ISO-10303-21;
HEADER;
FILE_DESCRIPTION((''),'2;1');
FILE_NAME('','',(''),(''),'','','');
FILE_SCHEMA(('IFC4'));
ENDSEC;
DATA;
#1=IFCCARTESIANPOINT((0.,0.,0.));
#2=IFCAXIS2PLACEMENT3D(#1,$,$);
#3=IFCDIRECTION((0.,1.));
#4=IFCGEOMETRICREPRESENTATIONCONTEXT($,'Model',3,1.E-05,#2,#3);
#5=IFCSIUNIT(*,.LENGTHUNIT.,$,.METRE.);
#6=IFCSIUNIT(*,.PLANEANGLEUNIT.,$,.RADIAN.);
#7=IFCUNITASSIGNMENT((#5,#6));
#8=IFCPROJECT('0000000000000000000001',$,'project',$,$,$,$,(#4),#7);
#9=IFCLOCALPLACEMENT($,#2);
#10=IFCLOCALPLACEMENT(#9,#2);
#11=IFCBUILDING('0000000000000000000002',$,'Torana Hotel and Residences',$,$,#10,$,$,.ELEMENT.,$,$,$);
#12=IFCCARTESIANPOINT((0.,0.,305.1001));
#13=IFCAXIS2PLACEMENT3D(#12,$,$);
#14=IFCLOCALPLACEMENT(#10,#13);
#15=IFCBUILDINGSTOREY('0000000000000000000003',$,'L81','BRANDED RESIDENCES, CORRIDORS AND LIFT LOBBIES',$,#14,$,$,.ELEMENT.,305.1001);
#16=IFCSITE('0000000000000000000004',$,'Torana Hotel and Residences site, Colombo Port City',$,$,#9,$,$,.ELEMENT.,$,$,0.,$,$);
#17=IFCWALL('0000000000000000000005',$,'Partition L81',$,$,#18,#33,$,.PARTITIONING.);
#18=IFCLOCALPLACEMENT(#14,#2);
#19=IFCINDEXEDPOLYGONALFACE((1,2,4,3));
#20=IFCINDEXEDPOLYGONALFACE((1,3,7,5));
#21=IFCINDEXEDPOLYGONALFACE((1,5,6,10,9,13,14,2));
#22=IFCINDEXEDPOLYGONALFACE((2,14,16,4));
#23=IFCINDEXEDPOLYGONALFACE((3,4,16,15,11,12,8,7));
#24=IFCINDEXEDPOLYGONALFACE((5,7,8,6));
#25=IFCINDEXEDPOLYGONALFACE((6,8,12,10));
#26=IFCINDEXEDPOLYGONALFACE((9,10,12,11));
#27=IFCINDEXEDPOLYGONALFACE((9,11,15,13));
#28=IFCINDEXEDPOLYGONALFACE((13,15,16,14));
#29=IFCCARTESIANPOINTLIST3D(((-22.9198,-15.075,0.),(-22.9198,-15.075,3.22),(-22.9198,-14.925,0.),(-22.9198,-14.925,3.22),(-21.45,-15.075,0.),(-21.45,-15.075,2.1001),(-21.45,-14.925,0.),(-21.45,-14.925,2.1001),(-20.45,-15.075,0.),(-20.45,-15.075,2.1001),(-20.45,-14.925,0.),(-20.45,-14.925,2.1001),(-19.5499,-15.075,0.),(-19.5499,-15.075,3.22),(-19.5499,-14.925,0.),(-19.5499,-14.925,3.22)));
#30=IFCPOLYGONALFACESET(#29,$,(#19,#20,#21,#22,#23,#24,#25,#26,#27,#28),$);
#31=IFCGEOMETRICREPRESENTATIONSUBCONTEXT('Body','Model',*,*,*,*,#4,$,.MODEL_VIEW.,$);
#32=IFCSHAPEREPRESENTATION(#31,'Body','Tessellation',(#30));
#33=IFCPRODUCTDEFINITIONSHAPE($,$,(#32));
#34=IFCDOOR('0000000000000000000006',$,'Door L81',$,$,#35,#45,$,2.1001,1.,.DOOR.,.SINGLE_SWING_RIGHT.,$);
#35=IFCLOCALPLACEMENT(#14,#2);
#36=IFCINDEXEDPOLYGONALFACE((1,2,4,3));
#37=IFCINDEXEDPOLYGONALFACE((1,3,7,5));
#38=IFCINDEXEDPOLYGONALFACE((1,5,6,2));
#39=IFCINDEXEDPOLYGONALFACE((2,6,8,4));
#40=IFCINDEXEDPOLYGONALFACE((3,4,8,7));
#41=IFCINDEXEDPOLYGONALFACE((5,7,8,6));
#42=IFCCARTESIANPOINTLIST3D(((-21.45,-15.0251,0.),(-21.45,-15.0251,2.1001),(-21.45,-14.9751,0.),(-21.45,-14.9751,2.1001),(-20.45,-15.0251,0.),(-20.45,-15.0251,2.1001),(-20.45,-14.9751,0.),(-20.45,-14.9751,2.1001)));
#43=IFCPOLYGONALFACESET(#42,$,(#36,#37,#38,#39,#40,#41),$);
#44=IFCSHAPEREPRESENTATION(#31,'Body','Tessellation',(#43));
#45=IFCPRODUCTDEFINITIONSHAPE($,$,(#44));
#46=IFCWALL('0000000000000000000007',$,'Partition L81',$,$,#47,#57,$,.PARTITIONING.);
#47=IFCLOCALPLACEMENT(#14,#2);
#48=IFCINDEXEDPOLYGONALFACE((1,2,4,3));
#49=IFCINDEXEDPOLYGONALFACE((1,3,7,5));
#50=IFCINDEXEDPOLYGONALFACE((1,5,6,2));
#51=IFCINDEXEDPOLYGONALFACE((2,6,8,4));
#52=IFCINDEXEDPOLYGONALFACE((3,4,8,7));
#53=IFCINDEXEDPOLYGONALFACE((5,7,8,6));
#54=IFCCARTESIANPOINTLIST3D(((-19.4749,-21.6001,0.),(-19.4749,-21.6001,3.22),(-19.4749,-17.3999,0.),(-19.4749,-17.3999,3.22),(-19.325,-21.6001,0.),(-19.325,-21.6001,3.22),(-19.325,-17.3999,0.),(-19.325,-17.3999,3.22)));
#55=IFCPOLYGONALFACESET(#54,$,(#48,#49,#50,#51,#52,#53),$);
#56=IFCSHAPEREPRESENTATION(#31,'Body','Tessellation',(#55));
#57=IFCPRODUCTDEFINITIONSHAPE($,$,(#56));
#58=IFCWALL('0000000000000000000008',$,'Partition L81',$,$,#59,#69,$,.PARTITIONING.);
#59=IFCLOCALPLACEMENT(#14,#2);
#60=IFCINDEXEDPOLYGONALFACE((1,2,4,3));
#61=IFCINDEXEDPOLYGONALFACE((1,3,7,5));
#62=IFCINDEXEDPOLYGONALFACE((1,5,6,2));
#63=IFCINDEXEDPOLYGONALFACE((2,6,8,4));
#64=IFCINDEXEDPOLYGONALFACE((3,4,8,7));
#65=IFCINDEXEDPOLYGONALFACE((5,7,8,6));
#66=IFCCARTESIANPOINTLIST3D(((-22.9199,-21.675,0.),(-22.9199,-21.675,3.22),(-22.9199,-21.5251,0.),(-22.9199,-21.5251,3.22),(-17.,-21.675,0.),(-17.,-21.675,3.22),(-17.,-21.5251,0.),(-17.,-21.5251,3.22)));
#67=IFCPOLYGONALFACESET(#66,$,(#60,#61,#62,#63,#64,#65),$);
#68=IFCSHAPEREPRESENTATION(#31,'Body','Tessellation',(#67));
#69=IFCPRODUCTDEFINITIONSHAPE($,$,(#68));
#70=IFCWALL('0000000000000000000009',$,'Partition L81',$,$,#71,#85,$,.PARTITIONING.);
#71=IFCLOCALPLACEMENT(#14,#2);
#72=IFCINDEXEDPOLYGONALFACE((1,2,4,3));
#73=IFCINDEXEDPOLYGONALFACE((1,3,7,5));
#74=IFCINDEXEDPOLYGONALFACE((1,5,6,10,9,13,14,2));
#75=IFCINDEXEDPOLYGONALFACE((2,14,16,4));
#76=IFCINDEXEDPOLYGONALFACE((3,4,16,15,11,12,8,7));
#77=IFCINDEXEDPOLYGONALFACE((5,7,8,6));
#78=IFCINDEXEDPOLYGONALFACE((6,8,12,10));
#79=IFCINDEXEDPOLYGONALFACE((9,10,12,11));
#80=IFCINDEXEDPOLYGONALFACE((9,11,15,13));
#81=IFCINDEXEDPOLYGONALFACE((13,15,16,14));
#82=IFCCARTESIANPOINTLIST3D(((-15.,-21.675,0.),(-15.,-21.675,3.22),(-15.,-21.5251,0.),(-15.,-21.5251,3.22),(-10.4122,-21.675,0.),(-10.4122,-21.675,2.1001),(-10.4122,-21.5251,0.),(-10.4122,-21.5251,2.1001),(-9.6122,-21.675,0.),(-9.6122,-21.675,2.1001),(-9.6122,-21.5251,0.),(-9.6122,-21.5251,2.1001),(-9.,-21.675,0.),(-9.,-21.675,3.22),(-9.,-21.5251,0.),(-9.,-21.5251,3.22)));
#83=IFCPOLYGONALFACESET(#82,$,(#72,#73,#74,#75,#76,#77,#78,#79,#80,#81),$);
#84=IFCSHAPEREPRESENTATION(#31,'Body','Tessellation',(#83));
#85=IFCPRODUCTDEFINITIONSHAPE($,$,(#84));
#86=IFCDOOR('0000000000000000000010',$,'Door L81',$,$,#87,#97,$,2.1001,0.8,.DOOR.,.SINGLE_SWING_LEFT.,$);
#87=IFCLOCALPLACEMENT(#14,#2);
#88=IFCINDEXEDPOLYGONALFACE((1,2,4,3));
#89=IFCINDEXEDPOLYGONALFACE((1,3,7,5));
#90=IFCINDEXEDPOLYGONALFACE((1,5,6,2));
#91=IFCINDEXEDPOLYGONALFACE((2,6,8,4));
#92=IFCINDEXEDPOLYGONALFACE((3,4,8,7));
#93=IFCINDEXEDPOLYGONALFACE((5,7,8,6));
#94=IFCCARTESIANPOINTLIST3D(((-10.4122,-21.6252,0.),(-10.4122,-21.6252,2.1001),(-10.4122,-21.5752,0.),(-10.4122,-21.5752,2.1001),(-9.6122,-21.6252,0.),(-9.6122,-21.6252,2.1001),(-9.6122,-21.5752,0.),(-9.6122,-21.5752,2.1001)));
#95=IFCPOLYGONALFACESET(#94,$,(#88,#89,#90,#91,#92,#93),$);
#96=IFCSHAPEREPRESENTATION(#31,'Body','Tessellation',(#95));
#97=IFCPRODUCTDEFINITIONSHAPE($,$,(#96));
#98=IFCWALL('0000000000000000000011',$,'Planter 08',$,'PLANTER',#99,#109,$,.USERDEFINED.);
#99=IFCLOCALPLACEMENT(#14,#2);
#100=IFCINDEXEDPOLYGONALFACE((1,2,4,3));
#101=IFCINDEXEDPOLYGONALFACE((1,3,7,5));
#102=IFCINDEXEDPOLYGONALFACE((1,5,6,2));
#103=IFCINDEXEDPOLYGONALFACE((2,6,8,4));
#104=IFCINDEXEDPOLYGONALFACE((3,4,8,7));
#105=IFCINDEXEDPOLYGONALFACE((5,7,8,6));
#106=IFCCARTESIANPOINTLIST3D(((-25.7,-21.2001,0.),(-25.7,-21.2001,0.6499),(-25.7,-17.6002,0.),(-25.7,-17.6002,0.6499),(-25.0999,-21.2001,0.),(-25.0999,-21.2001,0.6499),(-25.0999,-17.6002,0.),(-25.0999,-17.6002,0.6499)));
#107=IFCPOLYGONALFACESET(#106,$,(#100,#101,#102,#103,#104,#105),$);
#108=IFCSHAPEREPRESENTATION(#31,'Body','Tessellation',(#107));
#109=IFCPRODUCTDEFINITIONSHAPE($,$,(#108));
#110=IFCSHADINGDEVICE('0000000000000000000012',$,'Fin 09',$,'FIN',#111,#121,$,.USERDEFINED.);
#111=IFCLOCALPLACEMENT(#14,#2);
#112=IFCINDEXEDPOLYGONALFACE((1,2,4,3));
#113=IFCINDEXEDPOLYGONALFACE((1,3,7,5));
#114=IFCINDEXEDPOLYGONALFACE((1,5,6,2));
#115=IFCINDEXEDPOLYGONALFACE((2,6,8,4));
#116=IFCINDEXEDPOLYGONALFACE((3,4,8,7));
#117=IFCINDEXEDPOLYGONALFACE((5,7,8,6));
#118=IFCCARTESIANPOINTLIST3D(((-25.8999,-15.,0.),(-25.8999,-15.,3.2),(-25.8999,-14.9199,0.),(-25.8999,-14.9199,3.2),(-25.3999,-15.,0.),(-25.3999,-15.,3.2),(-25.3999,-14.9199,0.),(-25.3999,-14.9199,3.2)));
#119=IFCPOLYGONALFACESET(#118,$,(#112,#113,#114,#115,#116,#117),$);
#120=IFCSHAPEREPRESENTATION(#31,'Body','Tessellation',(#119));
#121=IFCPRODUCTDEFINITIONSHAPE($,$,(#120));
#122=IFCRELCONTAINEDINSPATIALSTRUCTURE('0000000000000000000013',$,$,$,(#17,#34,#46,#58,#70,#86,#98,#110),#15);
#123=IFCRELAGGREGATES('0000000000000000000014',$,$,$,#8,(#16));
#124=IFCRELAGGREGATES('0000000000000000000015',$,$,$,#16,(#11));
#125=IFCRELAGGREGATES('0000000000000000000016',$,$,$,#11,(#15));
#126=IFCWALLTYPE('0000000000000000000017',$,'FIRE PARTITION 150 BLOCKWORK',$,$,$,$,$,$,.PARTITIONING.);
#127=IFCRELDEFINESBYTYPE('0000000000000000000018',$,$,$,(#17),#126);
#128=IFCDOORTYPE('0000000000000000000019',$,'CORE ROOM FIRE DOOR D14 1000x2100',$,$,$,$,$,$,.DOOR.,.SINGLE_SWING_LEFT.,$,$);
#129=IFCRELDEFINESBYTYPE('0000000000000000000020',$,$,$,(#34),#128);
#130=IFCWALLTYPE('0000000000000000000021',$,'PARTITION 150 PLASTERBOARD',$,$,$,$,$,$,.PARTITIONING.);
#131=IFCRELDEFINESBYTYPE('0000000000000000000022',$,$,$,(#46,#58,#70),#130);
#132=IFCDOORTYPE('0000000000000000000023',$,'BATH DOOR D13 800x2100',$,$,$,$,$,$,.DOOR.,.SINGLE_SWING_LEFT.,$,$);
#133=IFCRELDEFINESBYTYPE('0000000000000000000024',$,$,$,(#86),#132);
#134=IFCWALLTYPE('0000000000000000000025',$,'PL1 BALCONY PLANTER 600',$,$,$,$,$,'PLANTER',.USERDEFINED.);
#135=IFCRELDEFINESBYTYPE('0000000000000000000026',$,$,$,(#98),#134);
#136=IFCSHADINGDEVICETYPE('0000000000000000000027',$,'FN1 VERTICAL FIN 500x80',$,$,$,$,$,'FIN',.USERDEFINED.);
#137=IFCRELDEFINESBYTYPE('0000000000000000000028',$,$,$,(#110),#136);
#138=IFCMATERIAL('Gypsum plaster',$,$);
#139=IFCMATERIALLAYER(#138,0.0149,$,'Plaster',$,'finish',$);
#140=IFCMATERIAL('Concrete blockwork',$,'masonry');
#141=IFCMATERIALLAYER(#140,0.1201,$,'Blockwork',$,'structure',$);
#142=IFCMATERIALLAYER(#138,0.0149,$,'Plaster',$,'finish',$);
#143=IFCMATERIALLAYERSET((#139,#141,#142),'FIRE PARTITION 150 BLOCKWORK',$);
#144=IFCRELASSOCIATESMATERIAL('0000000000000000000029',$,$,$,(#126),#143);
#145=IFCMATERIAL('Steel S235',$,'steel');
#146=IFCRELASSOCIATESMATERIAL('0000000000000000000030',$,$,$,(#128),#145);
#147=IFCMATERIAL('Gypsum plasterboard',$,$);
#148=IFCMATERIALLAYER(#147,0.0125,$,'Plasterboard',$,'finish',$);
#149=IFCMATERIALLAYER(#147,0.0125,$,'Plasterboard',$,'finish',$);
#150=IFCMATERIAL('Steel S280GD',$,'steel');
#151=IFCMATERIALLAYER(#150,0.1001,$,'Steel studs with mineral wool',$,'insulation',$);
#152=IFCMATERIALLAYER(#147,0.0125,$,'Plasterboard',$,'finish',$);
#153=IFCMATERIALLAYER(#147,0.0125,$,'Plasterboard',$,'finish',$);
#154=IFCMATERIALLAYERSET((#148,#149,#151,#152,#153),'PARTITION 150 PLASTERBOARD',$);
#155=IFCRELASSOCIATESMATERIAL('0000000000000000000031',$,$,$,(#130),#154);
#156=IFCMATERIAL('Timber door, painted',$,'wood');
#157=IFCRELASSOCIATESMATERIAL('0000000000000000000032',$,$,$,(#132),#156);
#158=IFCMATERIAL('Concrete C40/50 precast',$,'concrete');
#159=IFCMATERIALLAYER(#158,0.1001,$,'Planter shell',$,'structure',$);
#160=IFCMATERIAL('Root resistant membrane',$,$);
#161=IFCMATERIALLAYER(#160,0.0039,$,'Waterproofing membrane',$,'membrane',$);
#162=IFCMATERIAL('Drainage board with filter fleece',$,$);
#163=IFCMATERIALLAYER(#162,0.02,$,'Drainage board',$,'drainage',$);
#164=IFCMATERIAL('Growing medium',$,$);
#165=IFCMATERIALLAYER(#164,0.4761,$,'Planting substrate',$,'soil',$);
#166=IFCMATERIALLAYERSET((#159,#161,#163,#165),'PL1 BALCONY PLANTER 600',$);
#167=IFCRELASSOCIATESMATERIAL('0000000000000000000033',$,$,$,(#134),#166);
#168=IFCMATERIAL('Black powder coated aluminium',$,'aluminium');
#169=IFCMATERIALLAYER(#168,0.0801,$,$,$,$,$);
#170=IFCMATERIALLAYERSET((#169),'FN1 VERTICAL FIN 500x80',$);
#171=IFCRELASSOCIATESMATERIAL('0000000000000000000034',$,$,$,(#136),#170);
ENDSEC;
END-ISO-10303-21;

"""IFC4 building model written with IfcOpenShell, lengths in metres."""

from ifc_helpers import new_model, si_unit, direction, frame, frame_2d, origin, origin_2d, place, context, subcontext, project, spatial, rectangle, extrude, material, layer, layer_set, type_object, element, fill, save


model = new_model("IFC4")

# Units and contexts
model_context = context("Model", 3, precision=1e-05, world=origin(), true_north=direction((0.0, 1.0)))
body_context = subcontext(model_context, "Body", "Model", "MODEL_VIEW")
ifc_project = project(units=[si_unit("LENGTHUNIT", "METRE"), si_unit("PLANEANGLEUNIT", "RADIAN")], contexts=[model_context])

# Site, building, storey
site_placement = place(None, origin())
site = spatial("IfcSite", under=ifc_project, at=site_placement, Name="Torana Hotel and Residences site, Colombo Port City", CompositionType="ELEMENT", RefElevation=0.0)
building_placement = place(site_placement, origin())
building = spatial("IfcBuilding", under=site, at=building_placement, Name="Torana Hotel and Residences", CompositionType="ELEMENT")
storey_placement = place(building_placement, frame((0.0, 0.0, 305.1001)))
storey = spatial("IfcBuildingStorey", under=building, at=storey_placement, Name="L81", Description="BRANDED RESIDENCES, CORRIDORS AND LIFT LOBBIES", CompositionType="ELEMENT", Elevation=305.1001)

# Shared definitions
ifc_material_1 = material(Name="Gypsum plaster")
ifc_layer_1 = layer(ifc_material_1, 0.0149, Name="Plaster", Category="finish")
ifc_material_2 = material(Name="Concrete blockwork", Category="masonry")
ifc_layer_2 = layer(ifc_material_2, 0.1201, Name="Blockwork", Category="structure")
ifc_layer_3 = layer(ifc_material_1, 0.0149, Name="Plaster", Category="finish")
ifc_layer_set_1 = layer_set([ifc_layer_1, ifc_layer_2, ifc_layer_3], Name="FIRE PARTITION 150 BLOCKWORK")
wall_type_1 = type_object("IfcWallType", Name="FIRE PARTITION 150 BLOCKWORK", PredefinedType="PARTITIONING", material=ifc_layer_set_1)

# Wall, opening, door
wall_1_placement = place(storey_placement, frame((-22.9199, -15.0, 0.0), z_axis=(0.0, 0.0, 1.0), x_axis=(1.0, 0.0, 0.0)))
wall_1 = element("IfcWall", 1, at=wall_1_placement, inside=storey, type_object=wall_type_1, Name="Partition L81", PredefinedType="PARTITIONING", context=body_context, shape_type="SweptSolid", body=[
    extrude(rectangle(XDim=3.3699, YDim=0.1499, at=frame_2d((1.6851, 0.0))), origin(), (0.0, 0.0, 1.0), 3.22),
])
opening_1_placement = place(wall_1_placement, frame((1.47, 0.0, 0.0)))
opening_1 = element("IfcOpeningElement", 2, at=opening_1_placement, cuts=wall_1, PredefinedType="OPENING", context=body_context, shape_type="SweptSolid", body=[
    extrude(rectangle(XDim=1.0, YDim=2.1001, at=frame_2d((0.5, 1.05))), frame((0.0, 0.085, 0.0), z_axis=(0.0, -1.0, 0.0), x_axis=(1.0, 0.0, 0.0)), (0.0, 0.0, 1.0), 0.1699),
])
ifc_material_3 = material(Name="Steel S235", Category="steel")
door_type_1 = type_object("IfcDoorType", Name="CORE ROOM FIRE DOOR D14 1000x2100", OperationType="SINGLE_SWING_LEFT", PredefinedType="DOOR", material=ifc_material_3)
door_1_placement = place(opening_1_placement, origin())
door_1 = element("IfcDoor", 3, at=door_1_placement, inside=storey, type_object=door_type_1, Name="Door L81", OperationType="SINGLE_SWING_RIGHT", OverallHeight=2.1001, OverallWidth=1.0, PredefinedType="DOOR", context=body_context, shape_type="SweptSolid", body=[
    extrude(rectangle(XDim=1.0, YDim=2.1001, at=frame_2d((0.5, 1.05))), frame((0.0, 0.0249, 0.0), z_axis=(0.0, -1.0, 0.0), x_axis=(1.0, 0.0, 0.0)), (0.0, 0.0, 1.0), 0.05),
])
fill(opening_1, door_1)

# Walls
ifc_material_4 = material(Name="Gypsum plasterboard")
ifc_layer_4 = layer(ifc_material_4, 0.0125, Name="Plasterboard", Category="finish")
ifc_layer_5 = layer(ifc_material_4, 0.0125, Name="Plasterboard", Category="finish")
ifc_material_5 = material(Name="Steel S280GD", Category="steel")
ifc_layer_6 = layer(ifc_material_5, 0.1001, Name="Steel studs with mineral wool", Category="insulation")
ifc_layer_7 = layer(ifc_material_4, 0.0125, Name="Plasterboard", Category="finish")
ifc_layer_8 = layer(ifc_material_4, 0.0125, Name="Plasterboard", Category="finish")
ifc_layer_set_2 = layer_set([ifc_layer_4, ifc_layer_5, ifc_layer_6, ifc_layer_7, ifc_layer_8], Name="PARTITION 150 PLASTERBOARD")
wall_type_2 = type_object("IfcWallType", Name="PARTITION 150 PLASTERBOARD", PredefinedType="PARTITIONING", material=ifc_layer_set_2)
wall_2_placement = place(storey_placement, frame((-19.3999, -21.6001, 0.0), z_axis=(0.0, 0.0, 1.0), x_axis=(0.0, 1.0, 0.0)))
element("IfcWall", 4, at=wall_2_placement, inside=storey, type_object=wall_type_2, Name="Partition L81", PredefinedType="PARTITIONING", context=body_context, shape_type="SweptSolid", body=[
    extrude(rectangle(XDim=4.2002, YDim=0.1499, at=frame_2d((2.1001, 0.0))), origin(), (0.0, 0.0, 1.0), 3.22),
])
wall_3_placement = place(storey_placement, frame((-22.9199, -21.6001, 0.0), z_axis=(0.0, 0.0, 1.0), x_axis=(1.0, 0.0, 0.0)))
element("IfcWall", 5, at=wall_3_placement, inside=storey, type_object=wall_type_2, Name="Partition L81", PredefinedType="PARTITIONING", context=body_context, shape_type="SweptSolid", body=[
    extrude(rectangle(XDim=5.9199, YDim=0.1499, at=frame_2d((2.96, 0.0))), origin(), (0.0, 0.0, 1.0), 3.22),
])

# Wall, opening, door
wall_4_placement = place(storey_placement, frame((-15.0, -21.6001, 0.0), z_axis=(0.0, 0.0, 1.0), x_axis=(1.0, 0.0, 0.0)))
wall_4 = element("IfcWall", 6, at=wall_4_placement, inside=storey, type_object=wall_type_2, Name="Partition L81", PredefinedType="PARTITIONING", context=body_context, shape_type="SweptSolid", body=[
    extrude(rectangle(XDim=6.0, YDim=0.1499, at=frame_2d((3.0, 0.0))), origin(), (0.0, 0.0, 1.0), 3.22),
])
opening_2_placement = place(wall_4_placement, frame((4.5879, 0.0, 0.0)))
opening_2 = element("IfcOpeningElement", 7, at=opening_2_placement, cuts=wall_4, PredefinedType="OPENING", context=body_context, shape_type="SweptSolid", body=[
    extrude(rectangle(XDim=0.8, YDim=2.1001, at=frame_2d((0.3999, 1.05))), frame((0.0, 0.085, 0.0), z_axis=(0.0, -1.0, 0.0), x_axis=(1.0, 0.0, 0.0)), (0.0, 0.0, 1.0), 0.1699),
])
ifc_material_6 = material(Name="Timber door, painted", Category="wood")
door_type_2 = type_object("IfcDoorType", Name="BATH DOOR D13 800x2100", OperationType="SINGLE_SWING_LEFT", PredefinedType="DOOR", material=ifc_material_6)
door_2_placement = place(opening_2_placement, origin())
door_2 = element("IfcDoor", 8, at=door_2_placement, inside=storey, type_object=door_type_2, Name="Door L81", OperationType="SINGLE_SWING_LEFT", OverallHeight=2.1001, OverallWidth=0.8, PredefinedType="DOOR", context=body_context, shape_type="SweptSolid", body=[
    extrude(rectangle(XDim=0.8, YDim=2.1001, at=frame_2d((0.3999, 1.05))), frame((0.0, 0.0249, 0.0), z_axis=(0.0, -1.0, 0.0), x_axis=(1.0, 0.0, 0.0)), (0.0, 0.0, 1.0), 0.05),
])
fill(opening_2, door_2)

# Wall
ifc_material_7 = material(Name="Concrete C40/50 precast", Category="concrete")
ifc_layer_9 = layer(ifc_material_7, 0.1001, Name="Planter shell", Category="structure")
ifc_material_8 = material(Name="Root resistant membrane")
ifc_layer_10 = layer(ifc_material_8, 0.0039, Name="Waterproofing membrane", Category="membrane")
ifc_material_9 = material(Name="Drainage board with filter fleece")
ifc_layer_11 = layer(ifc_material_9, 0.02, Name="Drainage board", Category="drainage")
ifc_material_10 = material(Name="Growing medium")
ifc_layer_12 = layer(ifc_material_10, 0.4761, Name="Planting substrate", Category="soil")
ifc_layer_set_3 = layer_set([ifc_layer_9, ifc_layer_10, ifc_layer_11, ifc_layer_12], Name="PL1 BALCONY PLANTER 600")
wall_type_3 = type_object("IfcWallType", Name="PL1 BALCONY PLANTER 600", ElementType="PLANTER", PredefinedType="USERDEFINED", material=ifc_layer_set_3)
wall_5_placement = place(storey_placement, frame((-25.3999, -21.2, 0.0), z_axis=(0.0, 0.0, 1.0), x_axis=(0.0, 1.0, 0.0)))
element("IfcWall", 9, at=wall_5_placement, inside=storey, type_object=wall_type_3, Name="Planter 08", ObjectType="PLANTER", PredefinedType="USERDEFINED", context=body_context, shape_type="SweptSolid", body=[
    extrude(rectangle(XDim=3.5999, YDim=0.6001, at=frame_2d((1.7998, 0.0))), origin(), (0.0, 0.0, 1.0), 0.6499),
])

# Shading device
ifc_material_11 = material(Name="Black powder coated aluminium", Category="aluminium")
ifc_layer_13 = layer(ifc_material_11, 0.0801)
ifc_layer_set_4 = layer_set([ifc_layer_13], Name="FN1 VERTICAL FIN 500x80")
shading_device_type = type_object("IfcShadingDeviceType", Name="FN1 VERTICAL FIN 500x80", ElementType="FIN", PredefinedType="USERDEFINED", material=ifc_layer_set_4)
shading_device_placement = place(storey_placement, frame((-25.6499, -14.96, 0.0), z_axis=(0.0, 0.0, 1.0), x_axis=(0.0, 1.0, 0.0)))
element("IfcShadingDevice", 10, at=shading_device_placement, inside=storey, type_object=shading_device_type, Name="Fin 09", ObjectType="FIN", PredefinedType="USERDEFINED", context=body_context, shape_type="SweptSolid", body=[
    extrude(rectangle(XDim=0.0801, YDim=0.5, at=origin_2d()), origin(), (0.0, 0.0, 1.0), 3.2),
])

save(model, "model.ifc")
